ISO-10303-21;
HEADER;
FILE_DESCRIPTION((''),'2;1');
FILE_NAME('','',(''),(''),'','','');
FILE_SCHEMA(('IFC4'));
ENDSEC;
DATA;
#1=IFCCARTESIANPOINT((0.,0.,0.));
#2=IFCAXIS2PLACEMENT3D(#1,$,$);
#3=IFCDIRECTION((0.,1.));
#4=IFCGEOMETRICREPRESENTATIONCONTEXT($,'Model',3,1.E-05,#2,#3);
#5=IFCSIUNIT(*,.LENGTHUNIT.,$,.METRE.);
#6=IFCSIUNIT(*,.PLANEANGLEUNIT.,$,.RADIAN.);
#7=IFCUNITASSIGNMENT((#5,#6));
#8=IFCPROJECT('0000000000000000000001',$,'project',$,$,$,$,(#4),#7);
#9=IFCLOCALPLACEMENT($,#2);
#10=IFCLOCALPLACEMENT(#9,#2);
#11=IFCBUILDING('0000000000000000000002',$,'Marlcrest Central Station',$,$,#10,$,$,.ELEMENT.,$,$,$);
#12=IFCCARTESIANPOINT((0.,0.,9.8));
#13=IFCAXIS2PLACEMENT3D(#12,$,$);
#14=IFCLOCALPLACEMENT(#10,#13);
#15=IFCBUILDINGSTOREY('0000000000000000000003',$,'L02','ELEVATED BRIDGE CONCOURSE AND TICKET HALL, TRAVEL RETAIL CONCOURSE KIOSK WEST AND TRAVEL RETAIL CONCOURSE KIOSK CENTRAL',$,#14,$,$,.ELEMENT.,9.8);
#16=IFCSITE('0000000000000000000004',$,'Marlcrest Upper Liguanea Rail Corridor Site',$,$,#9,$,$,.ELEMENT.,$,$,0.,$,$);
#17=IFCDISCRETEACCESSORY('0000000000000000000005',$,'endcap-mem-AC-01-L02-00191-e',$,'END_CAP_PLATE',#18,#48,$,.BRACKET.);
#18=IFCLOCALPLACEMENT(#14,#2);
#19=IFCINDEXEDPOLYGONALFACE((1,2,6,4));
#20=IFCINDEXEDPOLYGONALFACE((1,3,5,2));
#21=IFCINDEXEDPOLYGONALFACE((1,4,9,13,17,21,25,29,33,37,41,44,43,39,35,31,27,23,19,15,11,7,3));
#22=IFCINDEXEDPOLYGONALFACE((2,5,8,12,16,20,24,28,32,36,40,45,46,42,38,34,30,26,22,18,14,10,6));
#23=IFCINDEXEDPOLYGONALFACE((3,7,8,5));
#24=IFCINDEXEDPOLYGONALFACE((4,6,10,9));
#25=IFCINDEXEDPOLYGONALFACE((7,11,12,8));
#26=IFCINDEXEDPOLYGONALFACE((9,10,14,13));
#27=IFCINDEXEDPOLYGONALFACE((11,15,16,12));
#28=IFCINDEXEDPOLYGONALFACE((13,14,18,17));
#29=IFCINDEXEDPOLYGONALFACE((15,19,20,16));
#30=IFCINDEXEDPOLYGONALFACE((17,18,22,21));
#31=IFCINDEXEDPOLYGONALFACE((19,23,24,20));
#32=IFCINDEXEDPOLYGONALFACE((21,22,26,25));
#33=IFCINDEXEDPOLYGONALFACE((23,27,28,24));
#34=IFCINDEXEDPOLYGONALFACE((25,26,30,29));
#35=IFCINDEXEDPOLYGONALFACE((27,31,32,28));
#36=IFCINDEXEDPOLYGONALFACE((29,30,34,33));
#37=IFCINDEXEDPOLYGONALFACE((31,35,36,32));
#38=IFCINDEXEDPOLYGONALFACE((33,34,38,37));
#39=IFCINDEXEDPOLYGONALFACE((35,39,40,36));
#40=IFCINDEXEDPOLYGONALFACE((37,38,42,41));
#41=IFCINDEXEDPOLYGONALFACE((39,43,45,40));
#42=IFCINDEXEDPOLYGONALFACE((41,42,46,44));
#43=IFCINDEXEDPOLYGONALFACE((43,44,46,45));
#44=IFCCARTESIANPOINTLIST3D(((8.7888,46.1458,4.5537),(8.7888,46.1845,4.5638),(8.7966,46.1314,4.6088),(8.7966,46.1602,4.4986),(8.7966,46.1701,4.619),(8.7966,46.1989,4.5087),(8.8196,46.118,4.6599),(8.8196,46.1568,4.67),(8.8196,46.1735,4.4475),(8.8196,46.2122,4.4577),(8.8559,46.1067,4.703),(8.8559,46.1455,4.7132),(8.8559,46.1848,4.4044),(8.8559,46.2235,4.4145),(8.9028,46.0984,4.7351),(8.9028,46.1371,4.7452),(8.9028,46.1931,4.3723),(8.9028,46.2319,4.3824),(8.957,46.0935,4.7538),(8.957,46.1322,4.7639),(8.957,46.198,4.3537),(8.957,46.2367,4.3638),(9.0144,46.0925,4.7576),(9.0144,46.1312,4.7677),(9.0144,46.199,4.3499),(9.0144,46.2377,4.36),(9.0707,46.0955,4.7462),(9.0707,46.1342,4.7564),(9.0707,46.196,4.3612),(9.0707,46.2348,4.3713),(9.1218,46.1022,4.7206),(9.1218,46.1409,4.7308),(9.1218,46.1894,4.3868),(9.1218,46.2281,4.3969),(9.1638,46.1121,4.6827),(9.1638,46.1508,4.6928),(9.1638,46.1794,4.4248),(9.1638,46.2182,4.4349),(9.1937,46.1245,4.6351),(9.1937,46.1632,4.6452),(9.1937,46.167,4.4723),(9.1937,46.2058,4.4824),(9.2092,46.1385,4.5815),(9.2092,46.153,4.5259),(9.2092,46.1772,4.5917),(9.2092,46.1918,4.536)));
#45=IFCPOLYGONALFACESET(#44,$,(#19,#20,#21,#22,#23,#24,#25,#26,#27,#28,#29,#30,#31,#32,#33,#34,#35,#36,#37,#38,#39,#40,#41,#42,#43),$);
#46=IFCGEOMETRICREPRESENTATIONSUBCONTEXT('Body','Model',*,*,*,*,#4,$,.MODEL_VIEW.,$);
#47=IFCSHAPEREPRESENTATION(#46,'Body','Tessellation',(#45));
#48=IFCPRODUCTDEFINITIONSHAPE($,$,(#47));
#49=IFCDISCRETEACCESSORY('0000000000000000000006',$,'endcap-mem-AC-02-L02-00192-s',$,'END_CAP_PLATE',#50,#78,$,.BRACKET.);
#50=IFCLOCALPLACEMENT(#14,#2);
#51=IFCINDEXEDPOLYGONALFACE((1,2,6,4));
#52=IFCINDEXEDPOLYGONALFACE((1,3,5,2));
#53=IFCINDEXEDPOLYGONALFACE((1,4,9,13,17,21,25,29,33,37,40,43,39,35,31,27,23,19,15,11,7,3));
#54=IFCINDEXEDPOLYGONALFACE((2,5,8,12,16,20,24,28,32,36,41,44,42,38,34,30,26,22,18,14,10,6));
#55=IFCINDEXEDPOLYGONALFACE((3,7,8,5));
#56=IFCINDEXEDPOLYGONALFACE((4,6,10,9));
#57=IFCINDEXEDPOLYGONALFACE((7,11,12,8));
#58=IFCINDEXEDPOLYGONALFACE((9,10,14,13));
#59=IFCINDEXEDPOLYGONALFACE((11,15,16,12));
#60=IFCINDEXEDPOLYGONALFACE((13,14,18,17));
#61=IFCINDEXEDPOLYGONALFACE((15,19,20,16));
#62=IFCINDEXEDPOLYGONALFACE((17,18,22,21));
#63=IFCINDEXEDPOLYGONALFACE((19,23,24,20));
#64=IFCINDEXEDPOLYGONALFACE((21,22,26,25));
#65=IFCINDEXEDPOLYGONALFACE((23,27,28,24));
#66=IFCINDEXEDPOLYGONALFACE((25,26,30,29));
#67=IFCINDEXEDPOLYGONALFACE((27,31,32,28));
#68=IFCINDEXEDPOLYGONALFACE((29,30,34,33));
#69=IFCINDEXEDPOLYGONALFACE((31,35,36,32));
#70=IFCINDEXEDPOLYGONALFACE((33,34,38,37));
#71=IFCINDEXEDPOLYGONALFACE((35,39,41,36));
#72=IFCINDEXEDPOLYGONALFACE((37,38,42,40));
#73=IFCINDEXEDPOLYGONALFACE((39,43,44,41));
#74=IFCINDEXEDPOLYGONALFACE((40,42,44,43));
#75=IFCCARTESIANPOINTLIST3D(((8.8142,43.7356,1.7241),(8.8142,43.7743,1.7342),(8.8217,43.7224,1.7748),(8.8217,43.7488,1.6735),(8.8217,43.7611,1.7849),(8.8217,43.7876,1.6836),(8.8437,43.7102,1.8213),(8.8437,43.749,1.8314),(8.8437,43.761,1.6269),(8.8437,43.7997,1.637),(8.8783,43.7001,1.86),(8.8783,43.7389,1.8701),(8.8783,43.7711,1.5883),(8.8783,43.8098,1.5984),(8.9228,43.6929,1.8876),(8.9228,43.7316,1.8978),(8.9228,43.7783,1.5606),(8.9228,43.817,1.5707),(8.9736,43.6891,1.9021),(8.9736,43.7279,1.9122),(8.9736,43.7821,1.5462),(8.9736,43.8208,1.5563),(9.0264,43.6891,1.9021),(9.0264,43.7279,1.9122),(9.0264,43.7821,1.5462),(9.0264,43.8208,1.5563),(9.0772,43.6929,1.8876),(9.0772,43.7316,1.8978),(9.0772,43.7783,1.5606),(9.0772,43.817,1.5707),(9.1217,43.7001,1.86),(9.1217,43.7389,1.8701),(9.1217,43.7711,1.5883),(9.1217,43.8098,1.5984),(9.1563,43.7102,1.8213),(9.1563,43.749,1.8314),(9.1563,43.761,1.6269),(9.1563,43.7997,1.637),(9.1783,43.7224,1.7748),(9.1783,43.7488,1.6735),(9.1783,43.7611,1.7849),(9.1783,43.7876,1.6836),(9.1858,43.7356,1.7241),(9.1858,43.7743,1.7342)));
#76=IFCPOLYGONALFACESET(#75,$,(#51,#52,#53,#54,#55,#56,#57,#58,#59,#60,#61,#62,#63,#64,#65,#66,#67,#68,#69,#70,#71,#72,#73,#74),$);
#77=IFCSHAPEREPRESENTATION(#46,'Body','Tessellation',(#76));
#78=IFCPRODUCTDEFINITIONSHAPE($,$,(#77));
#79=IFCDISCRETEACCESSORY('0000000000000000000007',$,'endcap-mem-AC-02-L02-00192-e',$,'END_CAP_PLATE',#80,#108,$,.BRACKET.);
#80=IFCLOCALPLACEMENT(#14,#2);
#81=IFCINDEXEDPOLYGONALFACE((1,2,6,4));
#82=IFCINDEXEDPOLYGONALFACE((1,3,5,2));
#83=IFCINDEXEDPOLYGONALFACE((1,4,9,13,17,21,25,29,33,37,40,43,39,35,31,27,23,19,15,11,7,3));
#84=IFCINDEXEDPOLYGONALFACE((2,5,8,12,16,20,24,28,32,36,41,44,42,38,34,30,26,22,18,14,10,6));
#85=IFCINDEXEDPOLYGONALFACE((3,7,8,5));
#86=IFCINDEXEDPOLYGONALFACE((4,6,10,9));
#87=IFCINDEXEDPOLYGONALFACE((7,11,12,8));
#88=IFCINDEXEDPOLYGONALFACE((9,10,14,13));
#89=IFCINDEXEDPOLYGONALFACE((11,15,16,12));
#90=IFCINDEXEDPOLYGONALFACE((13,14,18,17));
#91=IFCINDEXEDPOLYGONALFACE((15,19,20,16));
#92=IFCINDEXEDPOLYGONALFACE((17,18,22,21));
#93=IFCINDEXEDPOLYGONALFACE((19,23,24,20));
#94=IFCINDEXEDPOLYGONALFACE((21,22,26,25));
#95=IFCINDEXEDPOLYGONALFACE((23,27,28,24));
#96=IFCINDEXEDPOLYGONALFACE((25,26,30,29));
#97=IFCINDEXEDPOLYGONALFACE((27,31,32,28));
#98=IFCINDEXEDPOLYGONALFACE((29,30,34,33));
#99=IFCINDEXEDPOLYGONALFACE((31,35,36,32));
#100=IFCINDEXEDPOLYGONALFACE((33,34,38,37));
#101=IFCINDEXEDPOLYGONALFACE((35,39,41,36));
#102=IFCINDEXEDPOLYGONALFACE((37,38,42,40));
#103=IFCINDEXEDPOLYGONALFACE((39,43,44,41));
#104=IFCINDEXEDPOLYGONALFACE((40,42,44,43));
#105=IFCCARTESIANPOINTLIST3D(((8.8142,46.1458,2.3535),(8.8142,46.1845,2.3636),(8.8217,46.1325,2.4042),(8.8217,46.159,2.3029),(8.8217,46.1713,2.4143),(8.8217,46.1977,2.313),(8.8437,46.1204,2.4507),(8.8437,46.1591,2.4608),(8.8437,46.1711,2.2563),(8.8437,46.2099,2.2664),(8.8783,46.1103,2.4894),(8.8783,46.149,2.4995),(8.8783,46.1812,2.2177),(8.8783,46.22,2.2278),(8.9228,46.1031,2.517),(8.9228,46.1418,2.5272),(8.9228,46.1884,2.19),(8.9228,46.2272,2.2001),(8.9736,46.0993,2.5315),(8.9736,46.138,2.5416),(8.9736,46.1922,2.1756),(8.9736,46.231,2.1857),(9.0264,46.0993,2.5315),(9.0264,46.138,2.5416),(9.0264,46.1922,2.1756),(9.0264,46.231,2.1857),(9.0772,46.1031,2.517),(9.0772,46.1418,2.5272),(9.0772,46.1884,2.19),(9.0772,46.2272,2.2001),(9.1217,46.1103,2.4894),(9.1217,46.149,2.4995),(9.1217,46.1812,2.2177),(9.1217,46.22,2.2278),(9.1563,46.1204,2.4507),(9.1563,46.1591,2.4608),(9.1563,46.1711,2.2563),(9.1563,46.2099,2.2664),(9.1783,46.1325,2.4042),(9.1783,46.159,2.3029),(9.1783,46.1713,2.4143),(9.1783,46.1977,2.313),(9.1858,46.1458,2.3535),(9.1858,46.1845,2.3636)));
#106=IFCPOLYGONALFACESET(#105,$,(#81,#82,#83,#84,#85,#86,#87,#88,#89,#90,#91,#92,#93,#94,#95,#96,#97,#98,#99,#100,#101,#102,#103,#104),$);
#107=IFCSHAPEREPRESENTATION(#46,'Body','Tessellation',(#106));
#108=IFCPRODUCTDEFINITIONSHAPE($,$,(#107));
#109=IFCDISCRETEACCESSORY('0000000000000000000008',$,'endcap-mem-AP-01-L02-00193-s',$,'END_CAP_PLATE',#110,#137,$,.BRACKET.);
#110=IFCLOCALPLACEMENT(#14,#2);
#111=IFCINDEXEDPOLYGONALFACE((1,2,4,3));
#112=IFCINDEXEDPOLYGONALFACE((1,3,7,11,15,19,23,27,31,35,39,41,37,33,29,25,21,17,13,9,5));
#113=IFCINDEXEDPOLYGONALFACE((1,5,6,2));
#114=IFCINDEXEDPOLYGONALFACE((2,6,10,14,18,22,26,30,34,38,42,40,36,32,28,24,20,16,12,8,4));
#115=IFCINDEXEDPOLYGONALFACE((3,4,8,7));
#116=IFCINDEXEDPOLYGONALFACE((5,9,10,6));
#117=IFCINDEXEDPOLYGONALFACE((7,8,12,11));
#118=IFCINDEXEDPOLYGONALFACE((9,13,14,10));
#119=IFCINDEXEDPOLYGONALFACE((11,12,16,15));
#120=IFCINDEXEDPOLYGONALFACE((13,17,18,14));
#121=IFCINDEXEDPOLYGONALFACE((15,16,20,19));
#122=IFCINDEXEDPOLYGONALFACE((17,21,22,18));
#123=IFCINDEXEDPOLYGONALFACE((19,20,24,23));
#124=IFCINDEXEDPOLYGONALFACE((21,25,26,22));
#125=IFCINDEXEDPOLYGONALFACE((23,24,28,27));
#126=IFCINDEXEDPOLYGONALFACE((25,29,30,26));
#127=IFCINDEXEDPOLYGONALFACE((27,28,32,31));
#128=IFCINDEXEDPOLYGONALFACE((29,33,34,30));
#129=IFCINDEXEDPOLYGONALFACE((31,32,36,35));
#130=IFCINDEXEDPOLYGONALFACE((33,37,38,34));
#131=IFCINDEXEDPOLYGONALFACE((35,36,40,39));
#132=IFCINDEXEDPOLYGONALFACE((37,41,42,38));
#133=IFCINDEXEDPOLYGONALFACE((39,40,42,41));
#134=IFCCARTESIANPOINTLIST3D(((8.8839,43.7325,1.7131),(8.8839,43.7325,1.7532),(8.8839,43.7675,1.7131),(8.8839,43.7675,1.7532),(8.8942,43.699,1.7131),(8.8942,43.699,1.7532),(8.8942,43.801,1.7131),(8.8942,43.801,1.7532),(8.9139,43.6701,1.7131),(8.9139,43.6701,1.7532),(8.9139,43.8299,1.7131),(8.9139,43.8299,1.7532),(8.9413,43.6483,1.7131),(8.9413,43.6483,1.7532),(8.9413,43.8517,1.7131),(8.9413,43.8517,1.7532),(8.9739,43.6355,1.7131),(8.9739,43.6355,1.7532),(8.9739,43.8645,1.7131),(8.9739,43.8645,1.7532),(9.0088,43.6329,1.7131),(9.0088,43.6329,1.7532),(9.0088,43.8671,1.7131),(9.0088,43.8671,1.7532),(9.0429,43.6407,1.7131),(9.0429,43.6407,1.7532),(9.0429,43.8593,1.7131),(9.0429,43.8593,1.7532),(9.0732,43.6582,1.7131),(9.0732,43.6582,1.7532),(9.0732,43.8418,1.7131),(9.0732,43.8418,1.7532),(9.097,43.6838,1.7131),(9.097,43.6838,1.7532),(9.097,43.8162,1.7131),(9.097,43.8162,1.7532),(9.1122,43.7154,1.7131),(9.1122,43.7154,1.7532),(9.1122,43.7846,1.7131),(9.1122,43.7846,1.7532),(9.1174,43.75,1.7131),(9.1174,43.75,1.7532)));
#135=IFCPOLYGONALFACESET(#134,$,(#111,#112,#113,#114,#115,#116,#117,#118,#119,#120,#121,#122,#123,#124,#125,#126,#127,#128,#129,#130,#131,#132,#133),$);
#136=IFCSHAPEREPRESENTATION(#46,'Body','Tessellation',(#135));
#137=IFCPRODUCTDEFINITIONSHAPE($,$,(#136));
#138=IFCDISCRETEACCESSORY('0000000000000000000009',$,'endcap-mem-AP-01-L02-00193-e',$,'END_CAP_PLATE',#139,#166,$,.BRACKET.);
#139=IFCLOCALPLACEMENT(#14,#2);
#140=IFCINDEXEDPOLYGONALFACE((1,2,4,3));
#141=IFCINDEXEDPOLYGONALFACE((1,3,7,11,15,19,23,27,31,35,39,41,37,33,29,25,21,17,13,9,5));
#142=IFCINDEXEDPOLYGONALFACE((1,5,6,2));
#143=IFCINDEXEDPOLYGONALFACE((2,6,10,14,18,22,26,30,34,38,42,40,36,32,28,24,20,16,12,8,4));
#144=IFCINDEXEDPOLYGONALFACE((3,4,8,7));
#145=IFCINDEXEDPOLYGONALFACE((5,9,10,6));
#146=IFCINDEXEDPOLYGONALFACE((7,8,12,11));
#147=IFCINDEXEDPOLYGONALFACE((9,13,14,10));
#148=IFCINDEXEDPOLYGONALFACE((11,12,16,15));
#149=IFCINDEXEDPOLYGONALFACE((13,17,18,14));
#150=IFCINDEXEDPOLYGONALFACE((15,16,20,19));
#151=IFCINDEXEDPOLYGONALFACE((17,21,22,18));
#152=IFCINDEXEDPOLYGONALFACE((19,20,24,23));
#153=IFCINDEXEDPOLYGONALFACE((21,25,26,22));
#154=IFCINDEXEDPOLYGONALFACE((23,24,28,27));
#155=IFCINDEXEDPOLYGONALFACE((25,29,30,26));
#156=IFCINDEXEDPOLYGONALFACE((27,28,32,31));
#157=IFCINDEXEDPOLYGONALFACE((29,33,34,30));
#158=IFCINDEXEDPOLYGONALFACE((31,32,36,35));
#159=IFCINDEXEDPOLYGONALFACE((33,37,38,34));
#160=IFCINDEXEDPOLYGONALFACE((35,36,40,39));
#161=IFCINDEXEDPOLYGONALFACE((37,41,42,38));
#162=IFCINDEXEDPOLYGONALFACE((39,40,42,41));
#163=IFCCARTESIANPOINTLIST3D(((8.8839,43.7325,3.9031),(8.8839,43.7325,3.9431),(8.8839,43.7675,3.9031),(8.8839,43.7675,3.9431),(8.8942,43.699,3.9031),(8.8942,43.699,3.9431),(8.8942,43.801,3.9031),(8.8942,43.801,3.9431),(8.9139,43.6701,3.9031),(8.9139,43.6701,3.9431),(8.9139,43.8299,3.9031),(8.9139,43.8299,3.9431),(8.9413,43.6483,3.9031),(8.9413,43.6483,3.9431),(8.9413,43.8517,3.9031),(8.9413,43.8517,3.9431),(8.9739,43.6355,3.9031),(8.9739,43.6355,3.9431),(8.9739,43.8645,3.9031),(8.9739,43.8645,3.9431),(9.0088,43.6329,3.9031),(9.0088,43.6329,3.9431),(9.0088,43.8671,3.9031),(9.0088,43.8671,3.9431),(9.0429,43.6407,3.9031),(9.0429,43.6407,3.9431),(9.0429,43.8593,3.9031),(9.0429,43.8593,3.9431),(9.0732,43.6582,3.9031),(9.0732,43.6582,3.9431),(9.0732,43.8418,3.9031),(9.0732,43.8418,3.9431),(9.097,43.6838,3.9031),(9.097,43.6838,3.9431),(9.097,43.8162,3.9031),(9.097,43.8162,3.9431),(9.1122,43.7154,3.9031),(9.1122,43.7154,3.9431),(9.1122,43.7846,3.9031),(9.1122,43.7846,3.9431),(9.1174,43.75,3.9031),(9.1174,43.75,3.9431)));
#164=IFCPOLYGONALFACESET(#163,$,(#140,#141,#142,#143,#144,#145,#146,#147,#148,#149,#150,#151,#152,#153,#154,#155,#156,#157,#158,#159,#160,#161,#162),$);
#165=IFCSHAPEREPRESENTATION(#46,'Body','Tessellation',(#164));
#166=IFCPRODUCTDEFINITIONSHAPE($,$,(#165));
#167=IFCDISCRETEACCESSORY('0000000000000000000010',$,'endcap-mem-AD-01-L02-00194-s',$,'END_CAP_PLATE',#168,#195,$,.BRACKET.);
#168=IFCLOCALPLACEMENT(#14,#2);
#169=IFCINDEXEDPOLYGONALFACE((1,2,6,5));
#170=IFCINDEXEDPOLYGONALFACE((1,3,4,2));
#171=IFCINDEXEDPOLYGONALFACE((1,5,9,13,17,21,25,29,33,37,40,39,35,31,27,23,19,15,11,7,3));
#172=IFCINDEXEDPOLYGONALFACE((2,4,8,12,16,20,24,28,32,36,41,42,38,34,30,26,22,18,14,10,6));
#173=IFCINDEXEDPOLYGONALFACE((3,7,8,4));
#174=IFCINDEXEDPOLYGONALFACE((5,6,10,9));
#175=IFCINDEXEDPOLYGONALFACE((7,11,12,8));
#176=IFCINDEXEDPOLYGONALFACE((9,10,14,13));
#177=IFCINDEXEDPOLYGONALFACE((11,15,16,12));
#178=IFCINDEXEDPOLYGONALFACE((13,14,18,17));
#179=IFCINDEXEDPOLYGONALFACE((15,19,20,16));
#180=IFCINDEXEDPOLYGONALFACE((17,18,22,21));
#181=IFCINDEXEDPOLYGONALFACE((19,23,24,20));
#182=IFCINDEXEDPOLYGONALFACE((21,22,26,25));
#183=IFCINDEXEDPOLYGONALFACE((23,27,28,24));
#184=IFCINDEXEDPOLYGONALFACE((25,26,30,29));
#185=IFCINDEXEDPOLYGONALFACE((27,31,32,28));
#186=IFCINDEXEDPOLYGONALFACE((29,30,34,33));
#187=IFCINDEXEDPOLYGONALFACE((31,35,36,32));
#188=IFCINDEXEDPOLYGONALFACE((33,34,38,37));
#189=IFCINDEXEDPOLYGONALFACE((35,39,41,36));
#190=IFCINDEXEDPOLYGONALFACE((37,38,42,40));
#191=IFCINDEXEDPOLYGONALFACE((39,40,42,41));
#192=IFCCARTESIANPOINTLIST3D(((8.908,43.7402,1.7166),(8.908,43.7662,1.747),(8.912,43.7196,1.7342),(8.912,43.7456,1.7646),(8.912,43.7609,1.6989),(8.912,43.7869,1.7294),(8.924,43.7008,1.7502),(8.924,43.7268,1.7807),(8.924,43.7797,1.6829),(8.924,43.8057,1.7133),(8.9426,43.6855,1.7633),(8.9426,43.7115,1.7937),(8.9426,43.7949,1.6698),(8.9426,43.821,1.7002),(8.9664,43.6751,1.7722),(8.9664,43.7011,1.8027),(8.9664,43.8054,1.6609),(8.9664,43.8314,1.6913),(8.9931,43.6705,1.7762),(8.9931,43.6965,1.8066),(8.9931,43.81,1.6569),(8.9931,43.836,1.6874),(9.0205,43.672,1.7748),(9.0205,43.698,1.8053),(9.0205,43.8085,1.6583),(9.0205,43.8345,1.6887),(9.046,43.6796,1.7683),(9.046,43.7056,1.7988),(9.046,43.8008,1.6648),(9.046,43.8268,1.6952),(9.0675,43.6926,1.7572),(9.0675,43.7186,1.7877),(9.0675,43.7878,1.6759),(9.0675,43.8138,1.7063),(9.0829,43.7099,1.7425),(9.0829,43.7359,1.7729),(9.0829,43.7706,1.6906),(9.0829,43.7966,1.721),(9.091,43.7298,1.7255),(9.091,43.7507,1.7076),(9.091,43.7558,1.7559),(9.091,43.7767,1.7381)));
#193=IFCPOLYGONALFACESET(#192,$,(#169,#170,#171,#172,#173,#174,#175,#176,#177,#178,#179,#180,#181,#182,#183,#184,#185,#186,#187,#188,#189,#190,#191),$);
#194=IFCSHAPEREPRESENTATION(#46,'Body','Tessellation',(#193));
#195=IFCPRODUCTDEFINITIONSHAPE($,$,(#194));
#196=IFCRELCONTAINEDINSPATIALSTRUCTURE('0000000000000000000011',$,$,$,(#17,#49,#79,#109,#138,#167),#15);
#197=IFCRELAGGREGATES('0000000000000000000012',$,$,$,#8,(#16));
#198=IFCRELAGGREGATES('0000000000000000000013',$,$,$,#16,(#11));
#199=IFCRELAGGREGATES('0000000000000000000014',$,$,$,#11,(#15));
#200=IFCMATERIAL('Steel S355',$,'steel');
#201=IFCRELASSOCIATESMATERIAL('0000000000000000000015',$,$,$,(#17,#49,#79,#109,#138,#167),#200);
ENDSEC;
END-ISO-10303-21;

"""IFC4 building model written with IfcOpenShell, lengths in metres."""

from ifc_helpers import new_model, si_unit, direction, frame, origin, origin_2d, place, context, subcontext, project, spatial, circle, extrude, material, element, save


model = new_model("IFC4")

# Units and contexts
model_context = context("Model", 3, precision=1e-05, world=origin(), true_north=direction((0.0, 1.0)))
body_context = subcontext(model_context, "Body", "Model", "MODEL_VIEW")
ifc_project = project(units=[si_unit("LENGTHUNIT", "METRE"), si_unit("PLANEANGLEUNIT", "RADIAN")], contexts=[model_context])

# Site, building, storey
site_placement = place(None, origin())
site = spatial("IfcSite", under=ifc_project, at=site_placement, Name="Marlcrest Upper Liguanea Rail Corridor Site", CompositionType="ELEMENT", RefElevation=0.0)
building_placement = place(site_placement, origin())
building = spatial("IfcBuilding", under=site, at=building_placement, Name="Marlcrest Central Station", CompositionType="ELEMENT")
storey_placement = place(building_placement, frame((0.0, 0.0, 9.8)))
storey = spatial("IfcBuildingStorey", under=building, at=storey_placement, Name="L02", Description="ELEVATED BRIDGE CONCOURSE AND TICKET HALL, TRAVEL RETAIL CONCOURSE KIOSK WEST AND TRAVEL RETAIL CONCOURSE KIOSK CENTRAL", CompositionType="ELEMENT", Elevation=9.8)

# Shared definitions
ifc_material_1 = material(Name="Steel S355", Category="steel")

# Discrete accessories
for number, where, z_axis, x_axis, name in (
    (1, (9.0, 46.1458, 4.5537), (0.0, 0.967539, 0.25272), (-1.0, 0.0, 0.0), "endcap-mem-AC-01-L02-00191-e"),
):
    element("IfcDiscreteAccessory", number, at=place(storey_placement, frame(where, z_axis=z_axis, x_axis=x_axis)), inside=storey, material=ifc_material_1, Name=name, ObjectType="END_CAP_PLATE", PredefinedType="BRACKET", context=body_context, shape_type="SweptSolid", body=[
        extrude(circle(Radius=0.2112, at=origin_2d()), origin(), (0.0, 0.0, 1.0), 0.04),
    ])
for number, where, z_axis, x_axis, name in (
    (2, (9.0, 43.7356, 1.7241), (0.0, 0.967563, 0.252629), (-1.0, 0.0, 0.0), "endcap-mem-AC-02-L02-00192-s"),
    (3, (9.0, 46.1458, 2.3535), (0.0, 0.967563, 0.252629), (-1.0, 0.0, 0.0), "endcap-mem-AC-02-L02-00192-e"),
):
    element("IfcDiscreteAccessory", number, at=place(storey_placement, frame(where, z_axis=z_axis, x_axis=x_axis)), inside=storey, material=ifc_material_1, Name=name, ObjectType="END_CAP_PLATE", PredefinedType="BRACKET", context=body_context, shape_type="SweptSolid", body=[
        extrude(circle(Radius=0.1858, at=origin_2d()), origin(), (0.0, 0.0, 1.0), 0.04),
    ])
for number, where, z_axis, x_axis, name in (
    (4, (9.0, 43.75, 1.7131), (0.0, 0.0, 1.0), (1.0, 0.0, 0.0), "endcap-mem-AP-01-L02-00193-s"),
    (5, (9.0, 43.75, 3.9031), (0.0, 0.0, 1.0), (1.0, 0.0, 0.0), "endcap-mem-AP-01-L02-00193-e"),
):
    element("IfcDiscreteAccessory", number, at=place(storey_placement, frame(where, z_axis=z_axis, x_axis=x_axis)), inside=storey, material=ifc_material_1, Name=name, ObjectType="END_CAP_PLATE", PredefinedType="BRACKET", context=body_context, shape_type="SweptSolid", body=[
        extrude(circle(Radius=0.1174, at=origin_2d()), origin(), (0.0, 0.0, 1.0), 0.04),
    ])
for number, where, z_axis, x_axis, name in (
    (6, (9.0, 43.7402, 1.7166), (0.0, 0.649625, 0.760255), (-1.0, 0.0, 0.0), "endcap-mem-AD-01-L02-00194-s"),
):
    element("IfcDiscreteAccessory", number, at=place(storey_placement, frame(where, z_axis=z_axis, x_axis=x_axis)), inside=storey, material=ifc_material_1, Name=name, ObjectType="END_CAP_PLATE", PredefinedType="BRACKET", context=body_context, shape_type="SweptSolid", body=[
        extrude(circle(Radius=0.092, at=origin_2d()), origin(), (0.0, 0.0, 1.0), 0.04),
    ])

save(model, "model.ifc")
